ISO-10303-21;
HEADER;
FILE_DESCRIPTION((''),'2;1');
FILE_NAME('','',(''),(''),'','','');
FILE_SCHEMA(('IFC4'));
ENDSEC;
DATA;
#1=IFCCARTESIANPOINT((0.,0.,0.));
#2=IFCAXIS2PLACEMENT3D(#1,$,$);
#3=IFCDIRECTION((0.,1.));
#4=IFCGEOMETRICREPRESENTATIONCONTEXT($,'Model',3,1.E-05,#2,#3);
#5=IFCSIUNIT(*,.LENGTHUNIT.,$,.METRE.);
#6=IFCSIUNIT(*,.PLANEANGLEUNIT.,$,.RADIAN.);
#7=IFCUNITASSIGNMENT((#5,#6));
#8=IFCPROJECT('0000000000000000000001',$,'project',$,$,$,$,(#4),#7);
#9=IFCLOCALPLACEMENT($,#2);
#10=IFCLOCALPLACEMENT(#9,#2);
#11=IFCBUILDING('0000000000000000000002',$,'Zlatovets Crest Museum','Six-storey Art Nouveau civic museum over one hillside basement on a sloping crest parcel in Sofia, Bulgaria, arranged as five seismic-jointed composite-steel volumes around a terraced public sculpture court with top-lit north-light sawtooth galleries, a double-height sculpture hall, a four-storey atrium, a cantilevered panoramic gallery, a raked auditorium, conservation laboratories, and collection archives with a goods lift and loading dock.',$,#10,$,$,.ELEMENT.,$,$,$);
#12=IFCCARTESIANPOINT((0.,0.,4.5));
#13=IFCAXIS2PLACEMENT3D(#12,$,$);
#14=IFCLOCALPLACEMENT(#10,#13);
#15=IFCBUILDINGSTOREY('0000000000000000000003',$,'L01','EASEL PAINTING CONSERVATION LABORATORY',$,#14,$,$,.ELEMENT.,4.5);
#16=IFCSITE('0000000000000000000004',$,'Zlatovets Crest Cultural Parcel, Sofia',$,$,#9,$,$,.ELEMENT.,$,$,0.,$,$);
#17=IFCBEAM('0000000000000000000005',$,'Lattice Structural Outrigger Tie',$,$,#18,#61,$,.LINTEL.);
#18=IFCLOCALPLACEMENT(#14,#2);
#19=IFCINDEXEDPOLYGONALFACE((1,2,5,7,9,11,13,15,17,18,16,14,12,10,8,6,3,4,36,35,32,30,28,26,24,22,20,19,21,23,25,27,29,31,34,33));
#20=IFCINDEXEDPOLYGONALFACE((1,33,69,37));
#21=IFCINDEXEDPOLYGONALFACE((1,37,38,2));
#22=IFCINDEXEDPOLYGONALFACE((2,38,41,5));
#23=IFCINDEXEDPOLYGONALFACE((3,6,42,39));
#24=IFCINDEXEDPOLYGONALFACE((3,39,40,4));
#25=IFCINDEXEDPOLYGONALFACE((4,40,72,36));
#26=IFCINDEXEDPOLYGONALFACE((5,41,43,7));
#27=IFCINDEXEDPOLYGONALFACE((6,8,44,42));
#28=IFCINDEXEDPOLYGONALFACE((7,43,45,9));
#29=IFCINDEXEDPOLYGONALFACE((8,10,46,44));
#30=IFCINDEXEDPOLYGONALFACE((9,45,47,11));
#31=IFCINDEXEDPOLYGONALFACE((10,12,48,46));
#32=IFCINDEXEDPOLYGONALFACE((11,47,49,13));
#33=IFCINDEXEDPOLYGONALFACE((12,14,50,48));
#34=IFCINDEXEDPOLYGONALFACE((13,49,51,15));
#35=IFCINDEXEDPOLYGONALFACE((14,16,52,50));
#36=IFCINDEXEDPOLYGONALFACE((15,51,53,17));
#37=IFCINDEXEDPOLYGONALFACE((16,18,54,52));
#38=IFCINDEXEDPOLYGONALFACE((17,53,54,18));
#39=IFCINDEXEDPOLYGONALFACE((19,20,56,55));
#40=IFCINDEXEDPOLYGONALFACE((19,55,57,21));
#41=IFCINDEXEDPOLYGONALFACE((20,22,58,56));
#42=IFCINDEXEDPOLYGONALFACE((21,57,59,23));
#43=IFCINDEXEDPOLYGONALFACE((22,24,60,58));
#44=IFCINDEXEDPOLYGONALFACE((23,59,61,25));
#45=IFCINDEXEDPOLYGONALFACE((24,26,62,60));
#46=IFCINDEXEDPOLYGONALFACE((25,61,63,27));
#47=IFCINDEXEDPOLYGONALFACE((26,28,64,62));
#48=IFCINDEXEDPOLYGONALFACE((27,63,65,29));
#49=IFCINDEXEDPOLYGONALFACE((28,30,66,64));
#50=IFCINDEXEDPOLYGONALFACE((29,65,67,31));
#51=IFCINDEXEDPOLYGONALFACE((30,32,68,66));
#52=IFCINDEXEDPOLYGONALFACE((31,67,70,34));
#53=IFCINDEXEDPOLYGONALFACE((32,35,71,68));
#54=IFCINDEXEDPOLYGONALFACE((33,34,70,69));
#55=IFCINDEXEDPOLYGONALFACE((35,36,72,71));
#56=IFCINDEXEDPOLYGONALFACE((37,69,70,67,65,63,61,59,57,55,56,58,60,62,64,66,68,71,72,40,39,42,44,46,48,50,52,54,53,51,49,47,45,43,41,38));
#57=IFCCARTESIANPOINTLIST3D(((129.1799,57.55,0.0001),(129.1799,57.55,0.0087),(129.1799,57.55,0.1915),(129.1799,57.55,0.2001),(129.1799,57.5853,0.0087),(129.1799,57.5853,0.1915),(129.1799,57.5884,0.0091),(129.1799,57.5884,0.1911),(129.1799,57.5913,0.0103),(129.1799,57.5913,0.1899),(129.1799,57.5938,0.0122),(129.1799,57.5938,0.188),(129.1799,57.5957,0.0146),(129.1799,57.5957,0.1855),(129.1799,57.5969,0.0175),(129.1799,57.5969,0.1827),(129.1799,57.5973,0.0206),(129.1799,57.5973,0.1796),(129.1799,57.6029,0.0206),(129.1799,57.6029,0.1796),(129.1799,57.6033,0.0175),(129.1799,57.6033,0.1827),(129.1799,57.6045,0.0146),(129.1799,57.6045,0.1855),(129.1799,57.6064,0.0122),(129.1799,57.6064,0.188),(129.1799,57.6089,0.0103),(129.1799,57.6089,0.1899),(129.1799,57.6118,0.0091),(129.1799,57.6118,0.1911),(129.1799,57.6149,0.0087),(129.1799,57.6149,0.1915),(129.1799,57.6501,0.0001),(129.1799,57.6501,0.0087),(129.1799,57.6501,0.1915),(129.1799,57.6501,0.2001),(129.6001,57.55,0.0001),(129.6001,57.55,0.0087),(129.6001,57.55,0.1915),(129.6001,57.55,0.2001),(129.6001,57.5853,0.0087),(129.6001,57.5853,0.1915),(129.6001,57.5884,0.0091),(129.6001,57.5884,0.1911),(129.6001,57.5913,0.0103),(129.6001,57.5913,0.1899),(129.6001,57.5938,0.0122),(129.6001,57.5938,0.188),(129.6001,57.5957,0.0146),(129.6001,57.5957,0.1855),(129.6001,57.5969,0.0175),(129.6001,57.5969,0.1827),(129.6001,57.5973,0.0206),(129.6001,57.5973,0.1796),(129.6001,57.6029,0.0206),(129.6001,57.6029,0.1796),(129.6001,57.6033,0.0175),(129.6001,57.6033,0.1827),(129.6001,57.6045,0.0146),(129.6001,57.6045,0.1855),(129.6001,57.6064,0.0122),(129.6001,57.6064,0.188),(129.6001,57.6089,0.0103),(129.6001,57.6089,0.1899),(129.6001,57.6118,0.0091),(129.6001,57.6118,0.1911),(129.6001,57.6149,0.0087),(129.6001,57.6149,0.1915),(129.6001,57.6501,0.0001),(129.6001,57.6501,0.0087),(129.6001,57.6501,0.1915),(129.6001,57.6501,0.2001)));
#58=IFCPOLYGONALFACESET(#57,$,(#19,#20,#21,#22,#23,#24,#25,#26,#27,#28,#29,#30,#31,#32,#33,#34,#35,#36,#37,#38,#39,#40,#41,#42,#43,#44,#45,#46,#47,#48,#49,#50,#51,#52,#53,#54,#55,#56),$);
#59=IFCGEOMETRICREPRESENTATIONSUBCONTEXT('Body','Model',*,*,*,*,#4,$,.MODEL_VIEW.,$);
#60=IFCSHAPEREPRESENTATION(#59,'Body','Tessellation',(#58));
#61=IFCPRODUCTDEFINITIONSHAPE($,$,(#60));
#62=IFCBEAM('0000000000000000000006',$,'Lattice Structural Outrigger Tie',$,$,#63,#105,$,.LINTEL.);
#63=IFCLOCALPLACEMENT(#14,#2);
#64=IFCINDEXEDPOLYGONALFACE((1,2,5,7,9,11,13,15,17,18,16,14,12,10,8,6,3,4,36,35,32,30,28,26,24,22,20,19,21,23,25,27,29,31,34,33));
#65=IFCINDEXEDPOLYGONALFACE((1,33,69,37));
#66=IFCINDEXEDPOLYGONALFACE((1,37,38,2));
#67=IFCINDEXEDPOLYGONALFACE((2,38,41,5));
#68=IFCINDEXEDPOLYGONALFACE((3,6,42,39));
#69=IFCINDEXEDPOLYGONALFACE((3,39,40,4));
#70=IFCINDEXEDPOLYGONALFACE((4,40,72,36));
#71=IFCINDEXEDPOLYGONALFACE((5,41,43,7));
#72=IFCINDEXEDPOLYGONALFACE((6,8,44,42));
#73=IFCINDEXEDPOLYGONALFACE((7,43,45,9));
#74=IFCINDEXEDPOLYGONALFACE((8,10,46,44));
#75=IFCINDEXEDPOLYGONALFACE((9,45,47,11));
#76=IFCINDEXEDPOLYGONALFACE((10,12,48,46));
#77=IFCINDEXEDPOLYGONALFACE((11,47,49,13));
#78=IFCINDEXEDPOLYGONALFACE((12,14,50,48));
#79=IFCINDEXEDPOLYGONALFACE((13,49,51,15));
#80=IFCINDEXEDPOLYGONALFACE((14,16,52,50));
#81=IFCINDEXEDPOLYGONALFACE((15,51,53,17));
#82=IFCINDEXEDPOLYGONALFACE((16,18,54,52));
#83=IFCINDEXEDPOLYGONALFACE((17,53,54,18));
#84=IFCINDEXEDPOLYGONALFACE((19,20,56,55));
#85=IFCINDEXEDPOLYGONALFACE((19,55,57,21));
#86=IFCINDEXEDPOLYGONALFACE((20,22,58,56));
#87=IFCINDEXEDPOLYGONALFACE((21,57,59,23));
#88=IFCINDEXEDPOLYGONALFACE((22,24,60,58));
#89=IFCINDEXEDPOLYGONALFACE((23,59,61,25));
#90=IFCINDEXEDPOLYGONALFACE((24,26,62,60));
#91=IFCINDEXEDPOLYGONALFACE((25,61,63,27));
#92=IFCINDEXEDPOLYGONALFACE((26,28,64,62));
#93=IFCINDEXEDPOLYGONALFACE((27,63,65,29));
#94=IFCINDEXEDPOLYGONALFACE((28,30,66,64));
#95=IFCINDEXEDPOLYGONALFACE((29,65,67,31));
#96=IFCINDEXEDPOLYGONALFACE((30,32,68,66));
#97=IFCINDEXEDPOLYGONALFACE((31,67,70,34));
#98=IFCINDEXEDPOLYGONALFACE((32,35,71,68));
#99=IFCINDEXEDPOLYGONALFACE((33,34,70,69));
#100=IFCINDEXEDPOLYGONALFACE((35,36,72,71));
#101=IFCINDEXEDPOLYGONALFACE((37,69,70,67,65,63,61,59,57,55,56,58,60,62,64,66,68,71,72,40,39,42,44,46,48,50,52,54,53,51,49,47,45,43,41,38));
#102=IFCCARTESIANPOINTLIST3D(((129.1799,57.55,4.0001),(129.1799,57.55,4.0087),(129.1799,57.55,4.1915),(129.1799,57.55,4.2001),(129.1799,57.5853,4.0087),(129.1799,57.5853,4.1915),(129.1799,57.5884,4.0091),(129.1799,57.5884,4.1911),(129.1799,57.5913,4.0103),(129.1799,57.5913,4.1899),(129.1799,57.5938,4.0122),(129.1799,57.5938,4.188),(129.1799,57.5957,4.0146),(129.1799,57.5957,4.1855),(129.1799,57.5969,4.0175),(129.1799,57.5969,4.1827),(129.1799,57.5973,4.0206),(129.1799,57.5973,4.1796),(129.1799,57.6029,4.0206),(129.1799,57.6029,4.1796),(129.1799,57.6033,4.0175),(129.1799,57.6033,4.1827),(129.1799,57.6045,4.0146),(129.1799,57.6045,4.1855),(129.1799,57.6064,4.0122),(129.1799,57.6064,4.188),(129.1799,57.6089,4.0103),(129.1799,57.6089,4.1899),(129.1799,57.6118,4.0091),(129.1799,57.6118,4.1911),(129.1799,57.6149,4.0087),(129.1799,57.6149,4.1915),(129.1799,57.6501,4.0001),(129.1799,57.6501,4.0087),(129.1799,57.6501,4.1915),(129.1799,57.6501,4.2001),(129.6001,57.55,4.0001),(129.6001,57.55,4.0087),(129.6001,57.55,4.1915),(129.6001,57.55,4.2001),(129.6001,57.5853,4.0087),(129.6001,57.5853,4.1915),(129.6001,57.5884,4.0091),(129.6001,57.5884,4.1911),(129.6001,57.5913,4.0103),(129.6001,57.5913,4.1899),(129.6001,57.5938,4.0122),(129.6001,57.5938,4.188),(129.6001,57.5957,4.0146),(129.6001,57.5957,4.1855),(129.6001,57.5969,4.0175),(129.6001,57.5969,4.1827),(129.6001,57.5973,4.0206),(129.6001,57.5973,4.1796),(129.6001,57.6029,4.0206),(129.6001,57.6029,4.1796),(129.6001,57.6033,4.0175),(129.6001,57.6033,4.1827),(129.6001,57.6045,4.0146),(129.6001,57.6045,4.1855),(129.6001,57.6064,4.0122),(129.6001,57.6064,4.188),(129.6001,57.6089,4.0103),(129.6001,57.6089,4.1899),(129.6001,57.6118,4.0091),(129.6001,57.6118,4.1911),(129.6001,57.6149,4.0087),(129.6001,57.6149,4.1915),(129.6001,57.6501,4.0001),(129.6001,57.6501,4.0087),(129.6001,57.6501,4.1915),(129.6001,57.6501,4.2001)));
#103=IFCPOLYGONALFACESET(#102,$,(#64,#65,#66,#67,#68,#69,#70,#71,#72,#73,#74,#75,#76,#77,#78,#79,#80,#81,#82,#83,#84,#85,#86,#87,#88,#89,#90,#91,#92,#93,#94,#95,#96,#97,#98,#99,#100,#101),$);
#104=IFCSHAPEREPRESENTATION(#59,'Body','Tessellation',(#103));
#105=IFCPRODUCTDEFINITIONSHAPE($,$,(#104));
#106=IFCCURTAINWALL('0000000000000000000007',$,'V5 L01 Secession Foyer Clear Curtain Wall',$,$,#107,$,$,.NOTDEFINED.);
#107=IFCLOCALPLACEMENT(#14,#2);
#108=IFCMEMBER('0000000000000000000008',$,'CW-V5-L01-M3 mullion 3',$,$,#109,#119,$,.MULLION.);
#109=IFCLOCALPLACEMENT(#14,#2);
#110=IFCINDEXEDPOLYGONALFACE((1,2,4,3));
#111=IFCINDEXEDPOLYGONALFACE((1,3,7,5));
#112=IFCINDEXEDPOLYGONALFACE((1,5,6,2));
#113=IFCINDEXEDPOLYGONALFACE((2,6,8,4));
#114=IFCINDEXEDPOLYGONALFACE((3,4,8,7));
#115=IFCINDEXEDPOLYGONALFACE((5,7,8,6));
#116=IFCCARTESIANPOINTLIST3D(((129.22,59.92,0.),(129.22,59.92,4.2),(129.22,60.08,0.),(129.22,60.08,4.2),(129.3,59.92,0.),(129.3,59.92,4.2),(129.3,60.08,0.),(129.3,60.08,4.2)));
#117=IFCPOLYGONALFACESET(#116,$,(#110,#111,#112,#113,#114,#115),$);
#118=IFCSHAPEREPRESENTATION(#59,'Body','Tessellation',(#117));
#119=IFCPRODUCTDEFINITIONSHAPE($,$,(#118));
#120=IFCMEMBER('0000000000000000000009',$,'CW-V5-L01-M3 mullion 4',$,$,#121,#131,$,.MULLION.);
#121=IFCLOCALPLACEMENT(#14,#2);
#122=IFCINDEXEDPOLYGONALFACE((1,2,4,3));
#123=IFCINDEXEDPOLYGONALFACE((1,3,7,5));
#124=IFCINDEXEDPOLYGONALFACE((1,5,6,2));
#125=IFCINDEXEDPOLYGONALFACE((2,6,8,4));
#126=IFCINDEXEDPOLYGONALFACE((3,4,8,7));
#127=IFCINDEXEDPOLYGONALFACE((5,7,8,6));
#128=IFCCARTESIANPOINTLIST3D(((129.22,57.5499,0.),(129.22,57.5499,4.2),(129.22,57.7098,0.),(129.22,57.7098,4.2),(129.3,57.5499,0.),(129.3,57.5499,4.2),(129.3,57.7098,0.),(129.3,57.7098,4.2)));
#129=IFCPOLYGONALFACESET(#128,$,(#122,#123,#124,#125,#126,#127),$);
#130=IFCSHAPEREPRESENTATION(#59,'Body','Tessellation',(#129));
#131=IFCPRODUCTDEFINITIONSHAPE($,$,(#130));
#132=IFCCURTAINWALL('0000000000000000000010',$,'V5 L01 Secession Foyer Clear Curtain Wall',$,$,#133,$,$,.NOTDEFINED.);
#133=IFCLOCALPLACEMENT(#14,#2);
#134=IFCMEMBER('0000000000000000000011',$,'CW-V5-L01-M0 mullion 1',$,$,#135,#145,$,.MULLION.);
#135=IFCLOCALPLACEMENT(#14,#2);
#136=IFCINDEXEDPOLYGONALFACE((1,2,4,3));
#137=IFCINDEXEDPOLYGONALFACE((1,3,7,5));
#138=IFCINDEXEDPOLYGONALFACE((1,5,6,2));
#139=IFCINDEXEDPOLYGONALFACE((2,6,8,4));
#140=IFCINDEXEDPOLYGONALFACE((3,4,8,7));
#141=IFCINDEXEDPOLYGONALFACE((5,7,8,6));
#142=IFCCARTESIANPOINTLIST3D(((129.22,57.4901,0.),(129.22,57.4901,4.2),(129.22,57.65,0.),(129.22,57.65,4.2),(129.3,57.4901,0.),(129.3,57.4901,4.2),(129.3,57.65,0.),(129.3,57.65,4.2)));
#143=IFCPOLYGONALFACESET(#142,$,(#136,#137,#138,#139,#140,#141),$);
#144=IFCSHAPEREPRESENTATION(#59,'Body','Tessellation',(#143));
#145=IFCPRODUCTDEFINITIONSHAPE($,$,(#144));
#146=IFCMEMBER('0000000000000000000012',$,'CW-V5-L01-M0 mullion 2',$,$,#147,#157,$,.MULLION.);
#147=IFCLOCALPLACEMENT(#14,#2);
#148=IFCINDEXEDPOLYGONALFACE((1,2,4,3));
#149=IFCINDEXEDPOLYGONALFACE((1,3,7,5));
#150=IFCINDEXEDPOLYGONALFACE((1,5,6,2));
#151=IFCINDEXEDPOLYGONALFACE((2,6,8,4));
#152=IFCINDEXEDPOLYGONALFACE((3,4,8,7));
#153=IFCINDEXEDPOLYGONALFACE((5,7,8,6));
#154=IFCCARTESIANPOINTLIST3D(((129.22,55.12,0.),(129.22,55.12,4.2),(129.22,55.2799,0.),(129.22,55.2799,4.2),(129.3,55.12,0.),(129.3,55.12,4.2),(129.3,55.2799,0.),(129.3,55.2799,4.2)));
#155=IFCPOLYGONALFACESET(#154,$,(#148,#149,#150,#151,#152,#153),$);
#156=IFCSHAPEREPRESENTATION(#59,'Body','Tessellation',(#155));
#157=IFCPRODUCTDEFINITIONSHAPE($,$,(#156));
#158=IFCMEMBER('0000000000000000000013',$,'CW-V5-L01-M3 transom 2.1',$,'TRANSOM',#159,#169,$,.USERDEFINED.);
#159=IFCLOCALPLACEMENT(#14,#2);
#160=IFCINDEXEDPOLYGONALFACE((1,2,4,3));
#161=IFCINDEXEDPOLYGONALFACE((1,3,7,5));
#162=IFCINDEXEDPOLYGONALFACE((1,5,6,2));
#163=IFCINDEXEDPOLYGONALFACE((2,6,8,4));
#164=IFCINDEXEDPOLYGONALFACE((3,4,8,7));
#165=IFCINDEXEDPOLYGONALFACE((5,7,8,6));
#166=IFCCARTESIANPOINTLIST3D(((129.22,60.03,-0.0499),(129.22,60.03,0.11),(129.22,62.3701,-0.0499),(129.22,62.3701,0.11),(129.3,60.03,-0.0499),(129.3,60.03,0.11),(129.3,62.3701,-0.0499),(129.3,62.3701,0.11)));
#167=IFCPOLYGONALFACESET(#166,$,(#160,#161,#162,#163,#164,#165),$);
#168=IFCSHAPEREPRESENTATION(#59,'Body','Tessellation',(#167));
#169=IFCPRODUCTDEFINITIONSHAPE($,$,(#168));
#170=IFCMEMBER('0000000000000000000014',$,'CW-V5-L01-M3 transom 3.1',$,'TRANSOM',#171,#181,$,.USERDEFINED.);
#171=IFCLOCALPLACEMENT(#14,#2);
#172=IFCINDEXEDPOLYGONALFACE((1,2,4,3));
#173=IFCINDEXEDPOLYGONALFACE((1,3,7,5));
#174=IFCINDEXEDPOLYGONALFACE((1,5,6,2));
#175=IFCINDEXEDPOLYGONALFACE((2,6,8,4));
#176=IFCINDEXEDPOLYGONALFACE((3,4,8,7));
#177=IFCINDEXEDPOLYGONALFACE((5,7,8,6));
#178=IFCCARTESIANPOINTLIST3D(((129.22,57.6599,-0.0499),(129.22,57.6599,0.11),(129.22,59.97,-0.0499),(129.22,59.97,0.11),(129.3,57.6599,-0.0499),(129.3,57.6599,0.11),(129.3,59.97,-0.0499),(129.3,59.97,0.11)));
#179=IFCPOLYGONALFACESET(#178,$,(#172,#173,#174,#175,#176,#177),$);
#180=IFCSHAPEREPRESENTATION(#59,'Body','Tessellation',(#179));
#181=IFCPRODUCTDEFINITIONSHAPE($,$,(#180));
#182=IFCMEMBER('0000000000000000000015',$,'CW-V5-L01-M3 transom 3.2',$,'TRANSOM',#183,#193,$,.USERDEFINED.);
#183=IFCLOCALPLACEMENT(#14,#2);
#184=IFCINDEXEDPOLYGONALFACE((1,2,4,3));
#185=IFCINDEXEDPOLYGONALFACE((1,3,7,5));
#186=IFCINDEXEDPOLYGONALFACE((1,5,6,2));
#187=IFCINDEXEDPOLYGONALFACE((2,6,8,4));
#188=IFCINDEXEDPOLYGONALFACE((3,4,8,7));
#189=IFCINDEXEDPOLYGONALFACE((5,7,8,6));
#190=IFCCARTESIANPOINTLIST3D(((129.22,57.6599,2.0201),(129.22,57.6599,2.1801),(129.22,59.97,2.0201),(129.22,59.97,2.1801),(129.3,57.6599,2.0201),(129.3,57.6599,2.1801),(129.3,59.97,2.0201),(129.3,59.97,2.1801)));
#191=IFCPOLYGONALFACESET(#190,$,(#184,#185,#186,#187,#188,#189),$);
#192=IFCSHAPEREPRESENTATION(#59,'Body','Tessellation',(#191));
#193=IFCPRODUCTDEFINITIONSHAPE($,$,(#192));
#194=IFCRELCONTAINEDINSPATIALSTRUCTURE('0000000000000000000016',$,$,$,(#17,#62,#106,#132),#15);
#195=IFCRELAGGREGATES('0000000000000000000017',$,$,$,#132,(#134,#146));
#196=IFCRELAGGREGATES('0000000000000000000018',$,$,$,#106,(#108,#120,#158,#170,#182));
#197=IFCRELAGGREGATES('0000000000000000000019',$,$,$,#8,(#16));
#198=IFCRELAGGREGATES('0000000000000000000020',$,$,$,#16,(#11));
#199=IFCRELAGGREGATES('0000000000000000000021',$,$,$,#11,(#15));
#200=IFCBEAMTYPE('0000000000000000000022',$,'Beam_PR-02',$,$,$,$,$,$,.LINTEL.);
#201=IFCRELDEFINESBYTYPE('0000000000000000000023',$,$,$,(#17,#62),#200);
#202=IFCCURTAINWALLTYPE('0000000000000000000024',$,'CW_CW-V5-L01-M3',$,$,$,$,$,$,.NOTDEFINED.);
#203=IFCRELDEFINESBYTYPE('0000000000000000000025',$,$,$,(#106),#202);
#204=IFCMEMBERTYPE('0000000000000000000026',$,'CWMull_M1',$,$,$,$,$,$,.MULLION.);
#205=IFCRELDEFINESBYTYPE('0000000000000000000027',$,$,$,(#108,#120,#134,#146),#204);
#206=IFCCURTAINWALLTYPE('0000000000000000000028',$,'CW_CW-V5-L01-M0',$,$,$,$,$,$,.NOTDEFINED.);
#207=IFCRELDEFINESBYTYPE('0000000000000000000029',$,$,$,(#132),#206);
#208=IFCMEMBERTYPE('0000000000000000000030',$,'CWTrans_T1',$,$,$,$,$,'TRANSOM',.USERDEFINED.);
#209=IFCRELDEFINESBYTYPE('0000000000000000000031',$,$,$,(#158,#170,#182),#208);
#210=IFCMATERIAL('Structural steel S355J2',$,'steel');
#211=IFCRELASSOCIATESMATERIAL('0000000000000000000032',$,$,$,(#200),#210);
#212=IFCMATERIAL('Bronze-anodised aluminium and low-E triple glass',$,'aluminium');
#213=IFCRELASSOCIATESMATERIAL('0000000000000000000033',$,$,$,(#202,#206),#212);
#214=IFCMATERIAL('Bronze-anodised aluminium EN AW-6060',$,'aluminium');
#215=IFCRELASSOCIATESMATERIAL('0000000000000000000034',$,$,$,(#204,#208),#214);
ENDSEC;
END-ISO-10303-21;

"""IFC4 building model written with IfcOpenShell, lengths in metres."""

from ifc_helpers import new_model, si_unit, direction, frame, origin, origin_2d, place, context, subcontext, project, spatial, rectangle, i_section, extrude, material, material_profile, profile_set, type_object, element, aggregate, save


model = new_model("IFC4")

# Units and contexts
model_context = context("Model", 3, precision=1e-05, world=origin(), true_north=direction((0.0, 1.0)))
body_context = subcontext(model_context, "Body", "Model", "MODEL_VIEW")
ifc_project = project(units=[si_unit("LENGTHUNIT", "METRE"), si_unit("PLANEANGLEUNIT", "RADIAN")], contexts=[model_context])

# Site, building, storey
site_placement = place(None, origin())
site = spatial("IfcSite", under=ifc_project, at=site_placement, Name="Zlatovets Crest Cultural Parcel, Sofia", CompositionType="ELEMENT", RefElevation=0.0)
building_placement = place(site_placement, origin())
building = spatial("IfcBuilding", under=site, at=building_placement, Name="Zlatovets Crest Museum", Description="Six-storey Art Nouveau civic museum over one hillside basement on a sloping crest parcel in Sofia, Bulgaria, arranged as five seismic-jointed composite-steel volumes around a terraced public sculpture court with top-lit north-light sawtooth galleries, a double-height sculpture hall, a four-storey atrium, a cantilevered panoramic gallery, a raked auditorium, conservation laboratories, and collection archives with a goods lift and loading dock.", CompositionType="ELEMENT")
storey_placement = place(building_placement, frame((0.0, 0.0, 4.5)))
storey = spatial("IfcBuildingStorey", under=building, at=storey_placement, Name="L01", Description="EASEL PAINTING CONSERVATION LABORATORY", CompositionType="ELEMENT", Elevation=4.5)

# Shared definitions
ifc_material_1 = material(Name="Structural steel S355J2", Category="steel")

# Beams
ifc_material_profile_1 = material_profile(ifc_material_1, i_section(OverallWidth=0.1001, OverallDepth=0.2, WebThickness=0.0056, FlangeThickness=0.0085, FilletRadius=0.012, at=origin_2d()), Name="IPE 200")
ifc_profile_set_1 = profile_set([ifc_material_profile_1], Name="Structural steel S355J2")
beam_type_1 = type_object("IfcBeamType", Name="Beam_PR-02", PredefinedType="LINTEL", material=ifc_profile_set_1)
for number, where, z_axis, x_axis, name in (
    (1, (129.6001, 57.6001, 0.1001), (-1.0, 0.0, 0.0), (0.0, -1.0, 0.0), "Lattice Structural Outrigger Tie"),
    (2, (129.6001, 57.6001, 4.1001), (-1.0, 0.0, 0.0), (0.0, -1.0, 0.0), "Lattice Structural Outrigger Tie"),
):
    element("IfcBeam", number, at=place(storey_placement, frame(where, z_axis=z_axis, x_axis=x_axis)), inside=storey, type_object=beam_type_1, Name=name, PredefinedType="LINTEL", context=body_context, shape_type="SweptSolid", body=[
        extrude(i_section(OverallWidth=0.1001, OverallDepth=0.2, WebThickness=0.0056, FlangeThickness=0.0085, FilletRadius=0.012, at=origin_2d()), origin(), (0.0, 0.0, 1.0), 0.4202),
    ])

# Curtain walls, members
ifc_material_2 = material(Name="Bronze-anodised aluminium and low-E triple glass", Category="aluminium")
curtain_wall_type_1 = type_object("IfcCurtainWallType", Name="CW_CW-V5-L01-M3", PredefinedType="NOTDEFINED", material=ifc_material_2)
curtain_wall_1_placement = place(storey_placement, origin())
curtain_wall_1 = element("IfcCurtainWall", 3, at=curtain_wall_1_placement, inside=storey, type_object=curtain_wall_type_1, Name="V5 L01 Secession Foyer Clear Curtain Wall", PredefinedType="NOTDEFINED")
ifc_material_3 = material(Name="Bronze-anodised aluminium EN AW-6060", Category="aluminium")
ifc_material_profile_2 = material_profile(ifc_material_3, rectangle(XDim=0.0801, YDim=0.1599, at=origin_2d()), Name="ALU 80x160")
ifc_profile_set_2 = profile_set([ifc_material_profile_2], Name="Bronze-anodised aluminium EN AW-6060")
member_type_1 = type_object("IfcMemberType", Name="CWMull_M1", PredefinedType="MULLION", material=ifc_profile_set_2)
member_1_placement = place(storey_placement, frame((129.26, 60.0, 0.0), z_axis=(0.0, 0.0, 1.0), x_axis=(1.0, 0.0, 0.0)))
member_1 = element("IfcMember", 4, at=member_1_placement, type_object=member_type_1, Name="CW-V5-L01-M3 mullion 3", PredefinedType="MULLION", context=body_context, shape_type="SweptSolid", body=[
    extrude(rectangle(XDim=0.0801, YDim=0.1599, at=origin_2d()), origin(), (0.0, 0.0, 1.0), 4.2),
])
member_2_placement = place(storey_placement, frame((129.26, 57.6299, 0.0), z_axis=(0.0, 0.0, 1.0), x_axis=(1.0, 0.0, 0.0)))
member_2 = element("IfcMember", 5, at=member_2_placement, type_object=member_type_1, Name="CW-V5-L01-M3 mullion 4", PredefinedType="MULLION", context=body_context, shape_type="SweptSolid", body=[
    extrude(rectangle(XDim=0.0801, YDim=0.1599, at=origin_2d()), origin(), (0.0, 0.0, 1.0), 4.2),
])
curtain_wall_type_2 = type_object("IfcCurtainWallType", Name="CW_CW-V5-L01-M0", PredefinedType="NOTDEFINED", material=ifc_material_2)
curtain_wall_2_placement = place(storey_placement, origin())
curtain_wall_2 = element("IfcCurtainWall", 6, at=curtain_wall_2_placement, inside=storey, type_object=curtain_wall_type_2, Name="V5 L01 Secession Foyer Clear Curtain Wall", PredefinedType="NOTDEFINED")
member_3_placement = place(storey_placement, frame((129.26, 57.5701, 0.0), z_axis=(0.0, 0.0, 1.0), x_axis=(1.0, 0.0, 0.0)))
member_3 = element("IfcMember", 7, at=member_3_placement, type_object=member_type_1, Name="CW-V5-L01-M0 mullion 1", PredefinedType="MULLION", context=body_context, shape_type="SweptSolid", body=[
    extrude(rectangle(XDim=0.0801, YDim=0.1599, at=origin_2d()), origin(), (0.0, 0.0, 1.0), 4.2),
])
member_4_placement = place(storey_placement, frame((129.26, 55.2, 0.0), z_axis=(0.0, 0.0, 1.0), x_axis=(1.0, 0.0, 0.0)))
member_4 = element("IfcMember", 8, at=member_4_placement, type_object=member_type_1, Name="CW-V5-L01-M0 mullion 2", PredefinedType="MULLION", context=body_context, shape_type="SweptSolid", body=[
    extrude(rectangle(XDim=0.0801, YDim=0.1599, at=origin_2d()), origin(), (0.0, 0.0, 1.0), 4.2),
])

# Members
ifc_material_profile_3 = material_profile(ifc_material_3, rectangle(XDim=0.0801, YDim=0.1599, at=origin_2d()), Name="ALU 80x160")
ifc_profile_set_3 = profile_set([ifc_material_profile_3], Name="Bronze-anodised aluminium EN AW-6060")
member_type_2 = type_object("IfcMemberType", Name="CWTrans_T1", ElementType="TRANSOM", PredefinedType="USERDEFINED", material=ifc_profile_set_3)
member_5_placement = place(storey_placement, frame((129.26, 62.3701, 0.03), z_axis=(0.0, -1.0, 0.0), x_axis=(1.0, 0.0, 0.0)))
member_5 = element("IfcMember", 9, at=member_5_placement, type_object=member_type_2, Name="CW-V5-L01-M3 transom 2.1", ObjectType="TRANSOM", PredefinedType="USERDEFINED", context=body_context, shape_type="SweptSolid", body=[
    extrude(rectangle(XDim=0.0801, YDim=0.1599, at=origin_2d()), origin(), (0.0, 0.0, 1.0), 2.3401),
])
member_6_placement = place(storey_placement, frame((129.26, 59.97, 0.03), z_axis=(0.0, -1.0, 0.0), x_axis=(1.0, 0.0, 0.0)))
member_6 = element("IfcMember", 10, at=member_6_placement, type_object=member_type_2, Name="CW-V5-L01-M3 transom 3.1", ObjectType="TRANSOM", PredefinedType="USERDEFINED", context=body_context, shape_type="SweptSolid", body=[
    extrude(rectangle(XDim=0.0801, YDim=0.1599, at=origin_2d()), origin(), (0.0, 0.0, 1.0), 2.3101),
])
member_7_placement = place(storey_placement, frame((129.26, 59.97, 2.1001), z_axis=(0.0, -1.0, 0.0), x_axis=(1.0, 0.0, 0.0)))
member_7 = element("IfcMember", 11, at=member_7_placement, type_object=member_type_2, Name="CW-V5-L01-M3 transom 3.2", ObjectType="TRANSOM", PredefinedType="USERDEFINED", context=body_context, shape_type="SweptSolid", body=[
    extrude(rectangle(XDim=0.0801, YDim=0.1599, at=origin_2d()), origin(), (0.0, 0.0, 1.0), 2.3101),
])

aggregate(curtain_wall_2, [member_3, member_4])
aggregate(curtain_wall_1, [member_1, member_2, member_5, member_6, member_7])

save(model, "model.ifc")
